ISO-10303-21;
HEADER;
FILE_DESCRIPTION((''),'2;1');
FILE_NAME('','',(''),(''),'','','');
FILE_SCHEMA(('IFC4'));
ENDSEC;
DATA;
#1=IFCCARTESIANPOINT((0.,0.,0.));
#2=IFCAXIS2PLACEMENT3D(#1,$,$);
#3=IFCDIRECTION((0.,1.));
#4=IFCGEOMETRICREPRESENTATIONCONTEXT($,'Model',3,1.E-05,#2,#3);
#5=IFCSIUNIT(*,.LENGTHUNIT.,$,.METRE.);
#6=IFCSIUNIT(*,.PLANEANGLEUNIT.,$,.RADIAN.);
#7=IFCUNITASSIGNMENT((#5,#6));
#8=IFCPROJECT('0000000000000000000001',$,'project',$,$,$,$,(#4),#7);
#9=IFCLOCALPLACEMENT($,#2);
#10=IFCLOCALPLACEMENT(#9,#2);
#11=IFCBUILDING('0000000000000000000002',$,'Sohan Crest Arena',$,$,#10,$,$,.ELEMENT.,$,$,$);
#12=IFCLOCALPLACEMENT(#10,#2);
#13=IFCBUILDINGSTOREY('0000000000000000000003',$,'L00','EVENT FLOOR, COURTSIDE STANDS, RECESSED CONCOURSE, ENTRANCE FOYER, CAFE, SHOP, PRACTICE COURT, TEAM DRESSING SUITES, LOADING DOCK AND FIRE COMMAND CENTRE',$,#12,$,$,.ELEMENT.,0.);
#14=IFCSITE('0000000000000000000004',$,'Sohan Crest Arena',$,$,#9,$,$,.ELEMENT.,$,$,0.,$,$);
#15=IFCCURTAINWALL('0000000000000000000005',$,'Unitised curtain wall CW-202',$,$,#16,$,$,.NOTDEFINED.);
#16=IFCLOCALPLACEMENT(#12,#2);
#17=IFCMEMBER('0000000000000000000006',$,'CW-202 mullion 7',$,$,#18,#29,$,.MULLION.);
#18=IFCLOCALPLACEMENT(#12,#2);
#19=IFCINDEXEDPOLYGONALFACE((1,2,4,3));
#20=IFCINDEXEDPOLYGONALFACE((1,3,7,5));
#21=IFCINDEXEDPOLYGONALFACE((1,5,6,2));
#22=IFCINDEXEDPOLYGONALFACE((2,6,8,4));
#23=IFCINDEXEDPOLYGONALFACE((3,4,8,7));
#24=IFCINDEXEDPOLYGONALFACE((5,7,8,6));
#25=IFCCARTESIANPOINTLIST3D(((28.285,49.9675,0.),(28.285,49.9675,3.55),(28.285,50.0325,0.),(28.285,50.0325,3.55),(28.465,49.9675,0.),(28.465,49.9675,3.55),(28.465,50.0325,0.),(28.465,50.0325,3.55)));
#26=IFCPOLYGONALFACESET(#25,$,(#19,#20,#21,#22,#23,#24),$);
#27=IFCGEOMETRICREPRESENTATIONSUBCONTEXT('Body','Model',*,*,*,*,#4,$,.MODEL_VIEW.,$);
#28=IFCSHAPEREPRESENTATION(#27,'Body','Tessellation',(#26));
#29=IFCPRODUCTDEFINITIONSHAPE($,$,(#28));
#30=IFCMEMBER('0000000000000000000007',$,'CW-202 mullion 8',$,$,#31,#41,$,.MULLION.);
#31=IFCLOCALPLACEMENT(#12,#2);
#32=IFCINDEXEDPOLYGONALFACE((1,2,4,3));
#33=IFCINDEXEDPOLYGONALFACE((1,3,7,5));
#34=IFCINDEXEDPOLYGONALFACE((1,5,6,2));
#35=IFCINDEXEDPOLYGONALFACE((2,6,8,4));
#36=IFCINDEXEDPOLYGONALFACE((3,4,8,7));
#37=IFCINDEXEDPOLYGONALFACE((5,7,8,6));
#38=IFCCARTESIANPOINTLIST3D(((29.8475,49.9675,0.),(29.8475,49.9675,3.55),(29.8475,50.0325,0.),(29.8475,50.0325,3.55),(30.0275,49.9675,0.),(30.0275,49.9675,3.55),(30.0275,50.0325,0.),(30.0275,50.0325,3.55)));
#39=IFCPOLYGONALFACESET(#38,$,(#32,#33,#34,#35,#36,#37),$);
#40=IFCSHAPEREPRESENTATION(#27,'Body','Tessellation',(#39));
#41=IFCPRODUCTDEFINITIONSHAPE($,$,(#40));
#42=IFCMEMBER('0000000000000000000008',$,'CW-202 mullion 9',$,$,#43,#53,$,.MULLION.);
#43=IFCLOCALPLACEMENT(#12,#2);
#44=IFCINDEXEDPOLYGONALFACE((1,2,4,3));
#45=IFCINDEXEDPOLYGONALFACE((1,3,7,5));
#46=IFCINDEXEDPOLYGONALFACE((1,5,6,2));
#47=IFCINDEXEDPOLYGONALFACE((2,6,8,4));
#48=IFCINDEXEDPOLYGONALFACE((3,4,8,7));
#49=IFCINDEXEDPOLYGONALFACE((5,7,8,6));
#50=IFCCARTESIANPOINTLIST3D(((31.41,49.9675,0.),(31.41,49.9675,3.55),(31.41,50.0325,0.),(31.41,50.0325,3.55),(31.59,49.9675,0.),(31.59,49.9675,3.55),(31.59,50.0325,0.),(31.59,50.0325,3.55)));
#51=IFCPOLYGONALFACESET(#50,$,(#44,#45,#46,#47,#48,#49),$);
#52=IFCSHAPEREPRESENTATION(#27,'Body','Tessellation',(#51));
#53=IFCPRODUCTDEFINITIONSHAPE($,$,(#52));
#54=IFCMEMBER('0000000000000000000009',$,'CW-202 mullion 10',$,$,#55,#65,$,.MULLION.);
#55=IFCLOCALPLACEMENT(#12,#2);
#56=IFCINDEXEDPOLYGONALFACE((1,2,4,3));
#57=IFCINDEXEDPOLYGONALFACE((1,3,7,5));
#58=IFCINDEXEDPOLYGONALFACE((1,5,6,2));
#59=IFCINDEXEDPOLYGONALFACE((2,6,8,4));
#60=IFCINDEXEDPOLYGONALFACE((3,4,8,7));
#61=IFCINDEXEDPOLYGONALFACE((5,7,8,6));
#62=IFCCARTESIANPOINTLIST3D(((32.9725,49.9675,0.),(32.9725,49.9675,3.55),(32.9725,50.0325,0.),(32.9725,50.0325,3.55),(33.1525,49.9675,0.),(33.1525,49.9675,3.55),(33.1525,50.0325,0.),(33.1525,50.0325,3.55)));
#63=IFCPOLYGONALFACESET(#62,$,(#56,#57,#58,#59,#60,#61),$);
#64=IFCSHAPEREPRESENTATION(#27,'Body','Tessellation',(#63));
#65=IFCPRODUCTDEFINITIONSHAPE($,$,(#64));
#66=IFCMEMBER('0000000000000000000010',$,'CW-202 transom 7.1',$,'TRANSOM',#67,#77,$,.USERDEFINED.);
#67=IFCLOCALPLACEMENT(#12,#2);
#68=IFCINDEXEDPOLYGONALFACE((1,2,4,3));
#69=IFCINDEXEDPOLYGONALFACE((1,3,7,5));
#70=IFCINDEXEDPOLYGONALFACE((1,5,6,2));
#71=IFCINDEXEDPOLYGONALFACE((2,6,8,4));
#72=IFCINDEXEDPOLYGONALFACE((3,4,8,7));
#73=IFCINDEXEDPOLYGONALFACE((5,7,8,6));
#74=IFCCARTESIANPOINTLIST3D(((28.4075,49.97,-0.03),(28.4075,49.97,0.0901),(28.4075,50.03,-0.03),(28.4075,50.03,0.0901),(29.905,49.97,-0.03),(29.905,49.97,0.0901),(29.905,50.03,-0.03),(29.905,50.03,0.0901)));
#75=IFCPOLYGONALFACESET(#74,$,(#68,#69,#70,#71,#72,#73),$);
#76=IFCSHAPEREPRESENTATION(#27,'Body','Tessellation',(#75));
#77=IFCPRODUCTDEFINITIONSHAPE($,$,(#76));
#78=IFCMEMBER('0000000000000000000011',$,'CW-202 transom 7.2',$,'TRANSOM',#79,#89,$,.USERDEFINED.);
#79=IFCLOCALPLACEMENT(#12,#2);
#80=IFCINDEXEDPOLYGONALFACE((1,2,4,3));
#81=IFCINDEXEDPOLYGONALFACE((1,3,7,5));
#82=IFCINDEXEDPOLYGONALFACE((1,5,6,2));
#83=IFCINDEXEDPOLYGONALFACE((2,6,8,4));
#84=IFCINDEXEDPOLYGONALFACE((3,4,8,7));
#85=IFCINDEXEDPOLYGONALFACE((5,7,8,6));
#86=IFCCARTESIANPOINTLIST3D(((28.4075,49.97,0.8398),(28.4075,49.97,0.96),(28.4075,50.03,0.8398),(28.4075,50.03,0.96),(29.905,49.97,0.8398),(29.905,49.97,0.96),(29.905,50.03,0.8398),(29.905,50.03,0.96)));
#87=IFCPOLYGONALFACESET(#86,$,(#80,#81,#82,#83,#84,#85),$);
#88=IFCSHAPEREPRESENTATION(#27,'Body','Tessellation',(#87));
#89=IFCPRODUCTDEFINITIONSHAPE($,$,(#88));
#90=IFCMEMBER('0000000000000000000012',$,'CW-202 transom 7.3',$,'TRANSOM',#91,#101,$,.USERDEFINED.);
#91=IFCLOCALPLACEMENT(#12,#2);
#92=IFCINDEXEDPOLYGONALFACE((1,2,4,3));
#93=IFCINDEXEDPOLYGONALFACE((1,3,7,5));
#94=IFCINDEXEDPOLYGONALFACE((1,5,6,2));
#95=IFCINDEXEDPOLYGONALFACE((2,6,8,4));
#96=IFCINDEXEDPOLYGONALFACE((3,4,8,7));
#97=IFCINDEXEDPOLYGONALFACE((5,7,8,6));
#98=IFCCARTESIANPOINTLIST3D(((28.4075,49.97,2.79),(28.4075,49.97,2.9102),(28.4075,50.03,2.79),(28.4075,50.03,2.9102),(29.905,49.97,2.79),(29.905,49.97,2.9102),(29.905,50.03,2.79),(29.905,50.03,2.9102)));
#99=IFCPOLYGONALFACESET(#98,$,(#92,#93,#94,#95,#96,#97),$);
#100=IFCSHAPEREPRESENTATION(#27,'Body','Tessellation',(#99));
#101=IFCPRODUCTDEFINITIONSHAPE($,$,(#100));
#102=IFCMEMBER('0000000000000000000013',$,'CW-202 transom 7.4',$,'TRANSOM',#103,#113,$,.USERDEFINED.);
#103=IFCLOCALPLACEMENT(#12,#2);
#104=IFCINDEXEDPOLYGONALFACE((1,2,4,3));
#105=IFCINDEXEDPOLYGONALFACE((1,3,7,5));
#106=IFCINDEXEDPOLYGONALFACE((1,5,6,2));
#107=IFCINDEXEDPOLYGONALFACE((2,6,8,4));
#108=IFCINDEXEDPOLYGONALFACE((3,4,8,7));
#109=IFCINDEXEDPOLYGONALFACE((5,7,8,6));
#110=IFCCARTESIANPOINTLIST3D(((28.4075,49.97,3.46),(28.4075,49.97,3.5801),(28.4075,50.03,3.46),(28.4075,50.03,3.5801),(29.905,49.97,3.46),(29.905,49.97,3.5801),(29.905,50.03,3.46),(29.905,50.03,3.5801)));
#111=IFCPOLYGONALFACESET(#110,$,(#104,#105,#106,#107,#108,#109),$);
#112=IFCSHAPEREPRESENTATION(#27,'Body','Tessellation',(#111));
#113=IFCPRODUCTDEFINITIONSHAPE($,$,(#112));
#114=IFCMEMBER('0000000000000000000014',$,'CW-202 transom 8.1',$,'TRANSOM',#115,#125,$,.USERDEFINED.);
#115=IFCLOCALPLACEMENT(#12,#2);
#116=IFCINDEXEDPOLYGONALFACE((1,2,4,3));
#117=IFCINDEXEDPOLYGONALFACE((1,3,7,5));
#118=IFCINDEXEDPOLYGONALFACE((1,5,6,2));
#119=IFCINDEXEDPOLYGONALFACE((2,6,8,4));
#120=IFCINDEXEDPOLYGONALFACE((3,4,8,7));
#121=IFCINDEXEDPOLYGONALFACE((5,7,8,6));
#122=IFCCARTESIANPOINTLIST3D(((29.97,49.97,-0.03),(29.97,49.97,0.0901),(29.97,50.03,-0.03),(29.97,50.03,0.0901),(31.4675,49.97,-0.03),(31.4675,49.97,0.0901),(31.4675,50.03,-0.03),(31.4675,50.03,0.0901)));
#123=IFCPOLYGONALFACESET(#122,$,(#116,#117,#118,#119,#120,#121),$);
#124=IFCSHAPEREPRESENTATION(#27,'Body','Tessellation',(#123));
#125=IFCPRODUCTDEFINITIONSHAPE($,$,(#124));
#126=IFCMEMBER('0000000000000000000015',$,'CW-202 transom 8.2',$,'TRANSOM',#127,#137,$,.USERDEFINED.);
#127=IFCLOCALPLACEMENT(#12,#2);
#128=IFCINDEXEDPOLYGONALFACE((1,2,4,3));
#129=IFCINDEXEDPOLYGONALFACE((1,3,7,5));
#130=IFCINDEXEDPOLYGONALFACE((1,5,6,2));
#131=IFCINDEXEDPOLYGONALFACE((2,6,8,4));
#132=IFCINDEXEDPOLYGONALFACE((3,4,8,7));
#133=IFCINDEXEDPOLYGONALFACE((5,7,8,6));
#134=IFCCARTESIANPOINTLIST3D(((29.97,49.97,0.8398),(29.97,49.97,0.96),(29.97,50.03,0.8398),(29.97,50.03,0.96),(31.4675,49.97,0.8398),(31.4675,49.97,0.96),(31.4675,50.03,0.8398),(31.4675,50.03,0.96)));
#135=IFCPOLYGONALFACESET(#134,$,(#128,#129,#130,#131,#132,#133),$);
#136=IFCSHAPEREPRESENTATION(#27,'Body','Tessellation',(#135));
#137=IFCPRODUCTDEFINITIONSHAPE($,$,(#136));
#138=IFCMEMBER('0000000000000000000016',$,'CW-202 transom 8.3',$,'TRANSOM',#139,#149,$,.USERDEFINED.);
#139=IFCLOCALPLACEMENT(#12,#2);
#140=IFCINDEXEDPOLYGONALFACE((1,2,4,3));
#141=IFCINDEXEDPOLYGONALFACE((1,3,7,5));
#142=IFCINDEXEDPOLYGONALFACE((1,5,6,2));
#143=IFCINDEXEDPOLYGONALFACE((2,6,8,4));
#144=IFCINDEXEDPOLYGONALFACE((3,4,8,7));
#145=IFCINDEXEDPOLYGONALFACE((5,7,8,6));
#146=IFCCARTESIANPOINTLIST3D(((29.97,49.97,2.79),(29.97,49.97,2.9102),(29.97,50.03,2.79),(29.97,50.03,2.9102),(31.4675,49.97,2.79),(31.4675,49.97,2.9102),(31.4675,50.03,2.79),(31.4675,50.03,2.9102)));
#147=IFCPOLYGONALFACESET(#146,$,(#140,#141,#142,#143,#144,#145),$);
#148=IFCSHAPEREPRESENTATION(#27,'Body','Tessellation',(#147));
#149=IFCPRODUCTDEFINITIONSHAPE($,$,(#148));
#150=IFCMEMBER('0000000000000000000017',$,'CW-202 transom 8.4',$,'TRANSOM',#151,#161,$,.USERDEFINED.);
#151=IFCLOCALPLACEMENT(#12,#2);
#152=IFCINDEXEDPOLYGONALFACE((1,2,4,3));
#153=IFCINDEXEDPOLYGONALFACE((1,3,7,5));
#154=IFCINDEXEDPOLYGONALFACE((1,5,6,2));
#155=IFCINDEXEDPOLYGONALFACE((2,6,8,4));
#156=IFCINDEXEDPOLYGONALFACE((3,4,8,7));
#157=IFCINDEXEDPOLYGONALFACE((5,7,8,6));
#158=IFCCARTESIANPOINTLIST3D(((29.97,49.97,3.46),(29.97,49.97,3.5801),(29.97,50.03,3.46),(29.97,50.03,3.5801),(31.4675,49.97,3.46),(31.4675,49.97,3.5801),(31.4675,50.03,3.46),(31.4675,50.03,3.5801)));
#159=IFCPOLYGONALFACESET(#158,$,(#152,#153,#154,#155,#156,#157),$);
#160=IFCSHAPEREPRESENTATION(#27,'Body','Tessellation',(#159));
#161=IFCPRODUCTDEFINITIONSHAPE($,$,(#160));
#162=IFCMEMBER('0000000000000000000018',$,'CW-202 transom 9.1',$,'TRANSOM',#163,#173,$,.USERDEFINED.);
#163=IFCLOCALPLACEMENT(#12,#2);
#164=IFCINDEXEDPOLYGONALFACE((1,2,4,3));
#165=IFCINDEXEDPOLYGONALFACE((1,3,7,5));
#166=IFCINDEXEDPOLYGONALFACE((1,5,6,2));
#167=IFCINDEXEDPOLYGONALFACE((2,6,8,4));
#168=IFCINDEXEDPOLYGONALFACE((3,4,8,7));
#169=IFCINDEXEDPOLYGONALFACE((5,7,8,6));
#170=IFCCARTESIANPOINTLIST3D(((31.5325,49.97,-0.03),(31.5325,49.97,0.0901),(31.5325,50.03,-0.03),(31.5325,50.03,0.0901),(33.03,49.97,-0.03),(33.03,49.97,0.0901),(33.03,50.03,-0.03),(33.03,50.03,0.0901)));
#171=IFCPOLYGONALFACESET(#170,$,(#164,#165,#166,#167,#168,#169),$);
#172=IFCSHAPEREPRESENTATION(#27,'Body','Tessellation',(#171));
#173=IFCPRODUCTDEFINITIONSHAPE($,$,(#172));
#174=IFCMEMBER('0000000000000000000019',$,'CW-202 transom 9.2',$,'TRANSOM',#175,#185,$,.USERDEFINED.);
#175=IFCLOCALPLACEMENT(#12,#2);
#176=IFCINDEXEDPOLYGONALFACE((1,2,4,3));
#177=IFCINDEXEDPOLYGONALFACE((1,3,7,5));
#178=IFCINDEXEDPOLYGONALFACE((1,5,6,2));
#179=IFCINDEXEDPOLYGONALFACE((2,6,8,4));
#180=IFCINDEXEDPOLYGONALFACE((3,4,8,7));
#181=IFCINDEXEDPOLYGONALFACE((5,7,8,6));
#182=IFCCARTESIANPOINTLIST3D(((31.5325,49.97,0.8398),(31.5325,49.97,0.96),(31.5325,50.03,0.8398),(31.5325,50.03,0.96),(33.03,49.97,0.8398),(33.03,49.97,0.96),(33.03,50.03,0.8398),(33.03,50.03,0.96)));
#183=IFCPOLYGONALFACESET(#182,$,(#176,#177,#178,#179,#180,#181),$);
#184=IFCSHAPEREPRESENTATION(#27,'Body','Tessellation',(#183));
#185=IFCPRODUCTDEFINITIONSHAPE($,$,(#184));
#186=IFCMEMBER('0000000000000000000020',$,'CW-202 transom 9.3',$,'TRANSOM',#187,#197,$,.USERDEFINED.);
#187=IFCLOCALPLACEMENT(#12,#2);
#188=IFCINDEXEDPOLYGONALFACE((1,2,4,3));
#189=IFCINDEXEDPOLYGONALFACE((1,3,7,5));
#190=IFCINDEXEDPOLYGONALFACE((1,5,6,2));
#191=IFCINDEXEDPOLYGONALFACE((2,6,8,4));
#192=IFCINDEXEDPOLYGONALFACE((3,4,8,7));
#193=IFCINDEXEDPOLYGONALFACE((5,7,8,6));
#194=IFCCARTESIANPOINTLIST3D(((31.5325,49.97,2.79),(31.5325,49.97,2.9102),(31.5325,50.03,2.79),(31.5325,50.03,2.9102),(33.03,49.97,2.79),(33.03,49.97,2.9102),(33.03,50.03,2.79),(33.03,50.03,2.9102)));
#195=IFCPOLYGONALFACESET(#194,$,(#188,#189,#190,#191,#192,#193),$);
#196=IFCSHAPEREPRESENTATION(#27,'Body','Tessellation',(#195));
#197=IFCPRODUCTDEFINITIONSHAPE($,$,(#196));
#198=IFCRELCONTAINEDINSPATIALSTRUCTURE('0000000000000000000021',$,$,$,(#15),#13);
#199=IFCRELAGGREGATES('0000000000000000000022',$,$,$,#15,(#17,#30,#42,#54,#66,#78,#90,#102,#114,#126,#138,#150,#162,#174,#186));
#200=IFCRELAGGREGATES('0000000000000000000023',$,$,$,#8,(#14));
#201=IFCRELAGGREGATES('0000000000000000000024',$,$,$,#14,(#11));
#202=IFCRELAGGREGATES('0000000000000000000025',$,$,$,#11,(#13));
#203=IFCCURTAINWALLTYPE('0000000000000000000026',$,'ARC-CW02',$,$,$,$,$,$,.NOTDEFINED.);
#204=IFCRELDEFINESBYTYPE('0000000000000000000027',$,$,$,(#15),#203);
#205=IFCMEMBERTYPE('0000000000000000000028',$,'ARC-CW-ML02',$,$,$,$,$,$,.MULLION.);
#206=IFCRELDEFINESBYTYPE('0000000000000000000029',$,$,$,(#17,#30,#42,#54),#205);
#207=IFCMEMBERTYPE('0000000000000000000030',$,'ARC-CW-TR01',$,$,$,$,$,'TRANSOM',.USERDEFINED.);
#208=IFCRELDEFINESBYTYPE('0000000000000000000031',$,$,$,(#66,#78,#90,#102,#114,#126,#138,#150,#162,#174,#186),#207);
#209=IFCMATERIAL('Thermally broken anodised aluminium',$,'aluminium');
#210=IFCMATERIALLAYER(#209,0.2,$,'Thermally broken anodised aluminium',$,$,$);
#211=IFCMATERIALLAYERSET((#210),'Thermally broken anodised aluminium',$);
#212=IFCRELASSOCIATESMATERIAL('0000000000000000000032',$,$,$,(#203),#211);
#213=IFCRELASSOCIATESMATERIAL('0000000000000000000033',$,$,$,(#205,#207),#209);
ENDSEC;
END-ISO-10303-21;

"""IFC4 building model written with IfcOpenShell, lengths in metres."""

from ifc_helpers import new_model, si_unit, direction, frame, origin, origin_2d, place, context, subcontext, project, spatial, rectangle, extrude, material, layer, layer_set, material_profile, profile_set, type_object, element, aggregate, save


model = new_model("IFC4")

# Units and contexts
model_context = context("Model", 3, precision=1e-05, world=origin(), true_north=direction((0.0, 1.0)))
body_context = subcontext(model_context, "Body", "Model", "MODEL_VIEW")
ifc_project = project(units=[si_unit("LENGTHUNIT", "METRE"), si_unit("PLANEANGLEUNIT", "RADIAN")], contexts=[model_context])

# Site, building, storey
site_placement = place(None, origin())
site = spatial("IfcSite", under=ifc_project, at=site_placement, Name="Sohan Crest Arena", CompositionType="ELEMENT", RefElevation=0.0)
building_placement = place(site_placement, origin())
building = spatial("IfcBuilding", under=site, at=building_placement, Name="Sohan Crest Arena", CompositionType="ELEMENT")
storey_placement = place(building_placement, origin())
storey = spatial("IfcBuildingStorey", under=building, at=storey_placement, Name="L00", Description="EVENT FLOOR, COURTSIDE STANDS, RECESSED CONCOURSE, ENTRANCE FOYER, CAFE, SHOP, PRACTICE COURT, TEAM DRESSING SUITES, LOADING DOCK AND FIRE COMMAND CENTRE", CompositionType="ELEMENT", Elevation=0.0)

# Curtain wall, members
ifc_material_1 = material(Name="Thermally broken anodised aluminium", Category="aluminium")
ifc_layer_1 = layer(ifc_material_1, 0.2, Name="Thermally broken anodised aluminium")
ifc_layer_set_1 = layer_set([ifc_layer_1], Name="Thermally broken anodised aluminium")
curtain_wall_type = type_object("IfcCurtainWallType", Name="ARC-CW02", PredefinedType="NOTDEFINED", material=ifc_layer_set_1)
curtain_wall_placement = place(storey_placement, origin())
curtain_wall = element("IfcCurtainWall", 1, at=curtain_wall_placement, inside=storey, type_object=curtain_wall_type, Name="Unitised curtain wall CW-202", PredefinedType="NOTDEFINED")
ifc_material_profile_1 = material_profile(ifc_material_1, rectangle(XDim=0.0649, YDim=0.1799, at=origin_2d()), Name="ALU-MULL 65x180")
ifc_profile_set_1 = profile_set([ifc_material_profile_1], Name="Thermally broken anodised aluminium")
member_type_1 = type_object("IfcMemberType", Name="ARC-CW-ML02", PredefinedType="MULLION", material=ifc_profile_set_1)
member_1_placement = place(storey_placement, frame((28.375, 50.0, 0.0), z_axis=(0.0, 0.0, 1.0), x_axis=(0.0, 1.0, 0.0)))
member_1 = element("IfcMember", 2, at=member_1_placement, type_object=member_type_1, Name="CW-202 mullion 7", PredefinedType="MULLION", context=body_context, shape_type="SweptSolid", body=[
    extrude(rectangle(XDim=0.0649, YDim=0.1799, at=origin_2d()), origin(), (0.0, 0.0, 1.0), 3.55),
])
member_2_placement = place(storey_placement, frame((29.9375, 50.0, 0.0), z_axis=(0.0, 0.0, 1.0), x_axis=(0.0, 1.0, 0.0)))
member_2 = element("IfcMember", 3, at=member_2_placement, type_object=member_type_1, Name="CW-202 mullion 8", PredefinedType="MULLION", context=body_context, shape_type="SweptSolid", body=[
    extrude(rectangle(XDim=0.0649, YDim=0.1799, at=origin_2d()), origin(), (0.0, 0.0, 1.0), 3.55),
])
member_3_placement = place(storey_placement, frame((31.5, 50.0, 0.0), z_axis=(0.0, 0.0, 1.0), x_axis=(0.0, 1.0, 0.0)))
member_3 = element("IfcMember", 4, at=member_3_placement, type_object=member_type_1, Name="CW-202 mullion 9", PredefinedType="MULLION", context=body_context, shape_type="SweptSolid", body=[
    extrude(rectangle(XDim=0.0649, YDim=0.1799, at=origin_2d()), origin(), (0.0, 0.0, 1.0), 3.55),
])
member_4_placement = place(storey_placement, frame((33.0625, 50.0, 0.0), z_axis=(0.0, 0.0, 1.0), x_axis=(0.0, 1.0, 0.0)))
member_4 = element("IfcMember", 5, at=member_4_placement, type_object=member_type_1, Name="CW-202 mullion 10", PredefinedType="MULLION", context=body_context, shape_type="SweptSolid", body=[
    extrude(rectangle(XDim=0.0649, YDim=0.1799, at=origin_2d()), origin(), (0.0, 0.0, 1.0), 3.55),
])
ifc_material_profile_2 = material_profile(ifc_material_1, rectangle(XDim=0.0601, YDim=0.1201, at=origin_2d()), Name="ALU-TRAN 60x120")
ifc_profile_set_2 = profile_set([ifc_material_profile_2], Name="Thermally broken anodised aluminium")
member_type_2 = type_object("IfcMemberType", Name="ARC-CW-TR01", ElementType="TRANSOM", PredefinedType="USERDEFINED", material=ifc_profile_set_2)
member_5_placement = place(storey_placement, frame((28.4075, 50.0, 0.03), z_axis=(1.0, 0.0, 0.0), x_axis=(0.0, 1.0, 0.0)))
member_5 = element("IfcMember", 6, at=member_5_placement, type_object=member_type_2, Name="CW-202 transom 7.1", ObjectType="TRANSOM", PredefinedType="USERDEFINED", context=body_context, shape_type="SweptSolid", body=[
    extrude(rectangle(XDim=0.0601, YDim=0.1201, at=origin_2d()), origin(), (0.0, 0.0, 1.0), 1.4976),
])
member_6_placement = place(storey_placement, frame((28.4075, 50.0, 0.8999), z_axis=(1.0, 0.0, 0.0), x_axis=(0.0, 1.0, 0.0)))
member_6 = element("IfcMember", 7, at=member_6_placement, type_object=member_type_2, Name="CW-202 transom 7.2", ObjectType="TRANSOM", PredefinedType="USERDEFINED", context=body_context, shape_type="SweptSolid", body=[
    extrude(rectangle(XDim=0.0601, YDim=0.1201, at=origin_2d()), origin(), (0.0, 0.0, 1.0), 1.4976),
])
member_7_placement = place(storey_placement, frame((28.4075, 50.0, 2.8501), z_axis=(1.0, 0.0, 0.0), x_axis=(0.0, 1.0, 0.0)))
member_7 = element("IfcMember", 8, at=member_7_placement, type_object=member_type_2, Name="CW-202 transom 7.3", ObjectType="TRANSOM", PredefinedType="USERDEFINED", context=body_context, shape_type="SweptSolid", body=[
    extrude(rectangle(XDim=0.0601, YDim=0.1201, at=origin_2d()), origin(), (0.0, 0.0, 1.0), 1.4976),
])
member_8_placement = place(storey_placement, frame((28.4075, 50.0, 3.52), z_axis=(1.0, 0.0, 0.0), x_axis=(0.0, 1.0, 0.0)))
member_8 = element("IfcMember", 9, at=member_8_placement, type_object=member_type_2, Name="CW-202 transom 7.4", ObjectType="TRANSOM", PredefinedType="USERDEFINED", context=body_context, shape_type="SweptSolid", body=[
    extrude(rectangle(XDim=0.0601, YDim=0.1201, at=origin_2d()), origin(), (0.0, 0.0, 1.0), 1.4976),
])
member_9_placement = place(storey_placement, frame((29.97, 50.0, 0.03), z_axis=(1.0, 0.0, 0.0), x_axis=(0.0, 1.0, 0.0)))
member_9 = element("IfcMember", 10, at=member_9_placement, type_object=member_type_2, Name="CW-202 transom 8.1", ObjectType="TRANSOM", PredefinedType="USERDEFINED", context=body_context, shape_type="SweptSolid", body=[
    extrude(rectangle(XDim=0.0601, YDim=0.1201, at=origin_2d()), origin(), (0.0, 0.0, 1.0), 1.4976),
])
member_10_placement = place(storey_placement, frame((29.97, 50.0, 0.8999), z_axis=(1.0, 0.0, 0.0), x_axis=(0.0, 1.0, 0.0)))
member_10 = element("IfcMember", 11, at=member_10_placement, type_object=member_type_2, Name="CW-202 transom 8.2", ObjectType="TRANSOM", PredefinedType="USERDEFINED", context=body_context, shape_type="SweptSolid", body=[
    extrude(rectangle(XDim=0.0601, YDim=0.1201, at=origin_2d()), origin(), (0.0, 0.0, 1.0), 1.4976),
])
member_11_placement = place(storey_placement, frame((29.97, 50.0, 2.8501), z_axis=(1.0, 0.0, 0.0), x_axis=(0.0, 1.0, 0.0)))
member_11 = element("IfcMember", 12, at=member_11_placement, type_object=member_type_2, Name="CW-202 transom 8.3", ObjectType="TRANSOM", PredefinedType="USERDEFINED", context=body_context, shape_type="SweptSolid", body=[
    extrude(rectangle(XDim=0.0601, YDim=0.1201, at=origin_2d()), origin(), (0.0, 0.0, 1.0), 1.4976),
])
member_12_placement = place(storey_placement, frame((29.97, 50.0, 3.52), z_axis=(1.0, 0.0, 0.0), x_axis=(0.0, 1.0, 0.0)))
member_12 = element("IfcMember", 13, at=member_12_placement, type_object=member_type_2, Name="CW-202 transom 8.4", ObjectType="TRANSOM", PredefinedType="USERDEFINED", context=body_context, shape_type="SweptSolid", body=[
    extrude(rectangle(XDim=0.0601, YDim=0.1201, at=origin_2d()), origin(), (0.0, 0.0, 1.0), 1.4976),
])
member_13_placement = place(storey_placement, frame((31.5325, 50.0, 0.03), z_axis=(1.0, 0.0, 0.0), x_axis=(0.0, 1.0, 0.0)))
member_13 = element("IfcMember", 14, at=member_13_placement, type_object=member_type_2, Name="CW-202 transom 9.1", ObjectType="TRANSOM", PredefinedType="USERDEFINED", context=body_context, shape_type="SweptSolid", body=[
    extrude(rectangle(XDim=0.0601, YDim=0.1201, at=origin_2d()), origin(), (0.0, 0.0, 1.0), 1.4976),
])
member_14_placement = place(storey_placement, frame((31.5325, 50.0, 0.8999), z_axis=(1.0, 0.0, 0.0), x_axis=(0.0, 1.0, 0.0)))
member_14 = element("IfcMember", 15, at=member_14_placement, type_object=member_type_2, Name="CW-202 transom 9.2", ObjectType="TRANSOM", PredefinedType="USERDEFINED", context=body_context, shape_type="SweptSolid", body=[
    extrude(rectangle(XDim=0.0601, YDim=0.1201, at=origin_2d()), origin(), (0.0, 0.0, 1.0), 1.4976),
])
member_15_placement = place(storey_placement, frame((31.5325, 50.0, 2.8501), z_axis=(1.0, 0.0, 0.0), x_axis=(0.0, 1.0, 0.0)))
member_15 = element("IfcMember", 16, at=member_15_placement, type_object=member_type_2, Name="CW-202 transom 9.3", ObjectType="TRANSOM", PredefinedType="USERDEFINED", context=body_context, shape_type="SweptSolid", body=[
    extrude(rectangle(XDim=0.0601, YDim=0.1201, at=origin_2d()), origin(), (0.0, 0.0, 1.0), 1.4976),
])
aggregate(curtain_wall, [member_1, member_2, member_3, member_4, member_5, member_6, member_7, member_8, member_9, member_10, member_11, member_12, member_13, member_14, member_15])

save(model, "model.ifc")
